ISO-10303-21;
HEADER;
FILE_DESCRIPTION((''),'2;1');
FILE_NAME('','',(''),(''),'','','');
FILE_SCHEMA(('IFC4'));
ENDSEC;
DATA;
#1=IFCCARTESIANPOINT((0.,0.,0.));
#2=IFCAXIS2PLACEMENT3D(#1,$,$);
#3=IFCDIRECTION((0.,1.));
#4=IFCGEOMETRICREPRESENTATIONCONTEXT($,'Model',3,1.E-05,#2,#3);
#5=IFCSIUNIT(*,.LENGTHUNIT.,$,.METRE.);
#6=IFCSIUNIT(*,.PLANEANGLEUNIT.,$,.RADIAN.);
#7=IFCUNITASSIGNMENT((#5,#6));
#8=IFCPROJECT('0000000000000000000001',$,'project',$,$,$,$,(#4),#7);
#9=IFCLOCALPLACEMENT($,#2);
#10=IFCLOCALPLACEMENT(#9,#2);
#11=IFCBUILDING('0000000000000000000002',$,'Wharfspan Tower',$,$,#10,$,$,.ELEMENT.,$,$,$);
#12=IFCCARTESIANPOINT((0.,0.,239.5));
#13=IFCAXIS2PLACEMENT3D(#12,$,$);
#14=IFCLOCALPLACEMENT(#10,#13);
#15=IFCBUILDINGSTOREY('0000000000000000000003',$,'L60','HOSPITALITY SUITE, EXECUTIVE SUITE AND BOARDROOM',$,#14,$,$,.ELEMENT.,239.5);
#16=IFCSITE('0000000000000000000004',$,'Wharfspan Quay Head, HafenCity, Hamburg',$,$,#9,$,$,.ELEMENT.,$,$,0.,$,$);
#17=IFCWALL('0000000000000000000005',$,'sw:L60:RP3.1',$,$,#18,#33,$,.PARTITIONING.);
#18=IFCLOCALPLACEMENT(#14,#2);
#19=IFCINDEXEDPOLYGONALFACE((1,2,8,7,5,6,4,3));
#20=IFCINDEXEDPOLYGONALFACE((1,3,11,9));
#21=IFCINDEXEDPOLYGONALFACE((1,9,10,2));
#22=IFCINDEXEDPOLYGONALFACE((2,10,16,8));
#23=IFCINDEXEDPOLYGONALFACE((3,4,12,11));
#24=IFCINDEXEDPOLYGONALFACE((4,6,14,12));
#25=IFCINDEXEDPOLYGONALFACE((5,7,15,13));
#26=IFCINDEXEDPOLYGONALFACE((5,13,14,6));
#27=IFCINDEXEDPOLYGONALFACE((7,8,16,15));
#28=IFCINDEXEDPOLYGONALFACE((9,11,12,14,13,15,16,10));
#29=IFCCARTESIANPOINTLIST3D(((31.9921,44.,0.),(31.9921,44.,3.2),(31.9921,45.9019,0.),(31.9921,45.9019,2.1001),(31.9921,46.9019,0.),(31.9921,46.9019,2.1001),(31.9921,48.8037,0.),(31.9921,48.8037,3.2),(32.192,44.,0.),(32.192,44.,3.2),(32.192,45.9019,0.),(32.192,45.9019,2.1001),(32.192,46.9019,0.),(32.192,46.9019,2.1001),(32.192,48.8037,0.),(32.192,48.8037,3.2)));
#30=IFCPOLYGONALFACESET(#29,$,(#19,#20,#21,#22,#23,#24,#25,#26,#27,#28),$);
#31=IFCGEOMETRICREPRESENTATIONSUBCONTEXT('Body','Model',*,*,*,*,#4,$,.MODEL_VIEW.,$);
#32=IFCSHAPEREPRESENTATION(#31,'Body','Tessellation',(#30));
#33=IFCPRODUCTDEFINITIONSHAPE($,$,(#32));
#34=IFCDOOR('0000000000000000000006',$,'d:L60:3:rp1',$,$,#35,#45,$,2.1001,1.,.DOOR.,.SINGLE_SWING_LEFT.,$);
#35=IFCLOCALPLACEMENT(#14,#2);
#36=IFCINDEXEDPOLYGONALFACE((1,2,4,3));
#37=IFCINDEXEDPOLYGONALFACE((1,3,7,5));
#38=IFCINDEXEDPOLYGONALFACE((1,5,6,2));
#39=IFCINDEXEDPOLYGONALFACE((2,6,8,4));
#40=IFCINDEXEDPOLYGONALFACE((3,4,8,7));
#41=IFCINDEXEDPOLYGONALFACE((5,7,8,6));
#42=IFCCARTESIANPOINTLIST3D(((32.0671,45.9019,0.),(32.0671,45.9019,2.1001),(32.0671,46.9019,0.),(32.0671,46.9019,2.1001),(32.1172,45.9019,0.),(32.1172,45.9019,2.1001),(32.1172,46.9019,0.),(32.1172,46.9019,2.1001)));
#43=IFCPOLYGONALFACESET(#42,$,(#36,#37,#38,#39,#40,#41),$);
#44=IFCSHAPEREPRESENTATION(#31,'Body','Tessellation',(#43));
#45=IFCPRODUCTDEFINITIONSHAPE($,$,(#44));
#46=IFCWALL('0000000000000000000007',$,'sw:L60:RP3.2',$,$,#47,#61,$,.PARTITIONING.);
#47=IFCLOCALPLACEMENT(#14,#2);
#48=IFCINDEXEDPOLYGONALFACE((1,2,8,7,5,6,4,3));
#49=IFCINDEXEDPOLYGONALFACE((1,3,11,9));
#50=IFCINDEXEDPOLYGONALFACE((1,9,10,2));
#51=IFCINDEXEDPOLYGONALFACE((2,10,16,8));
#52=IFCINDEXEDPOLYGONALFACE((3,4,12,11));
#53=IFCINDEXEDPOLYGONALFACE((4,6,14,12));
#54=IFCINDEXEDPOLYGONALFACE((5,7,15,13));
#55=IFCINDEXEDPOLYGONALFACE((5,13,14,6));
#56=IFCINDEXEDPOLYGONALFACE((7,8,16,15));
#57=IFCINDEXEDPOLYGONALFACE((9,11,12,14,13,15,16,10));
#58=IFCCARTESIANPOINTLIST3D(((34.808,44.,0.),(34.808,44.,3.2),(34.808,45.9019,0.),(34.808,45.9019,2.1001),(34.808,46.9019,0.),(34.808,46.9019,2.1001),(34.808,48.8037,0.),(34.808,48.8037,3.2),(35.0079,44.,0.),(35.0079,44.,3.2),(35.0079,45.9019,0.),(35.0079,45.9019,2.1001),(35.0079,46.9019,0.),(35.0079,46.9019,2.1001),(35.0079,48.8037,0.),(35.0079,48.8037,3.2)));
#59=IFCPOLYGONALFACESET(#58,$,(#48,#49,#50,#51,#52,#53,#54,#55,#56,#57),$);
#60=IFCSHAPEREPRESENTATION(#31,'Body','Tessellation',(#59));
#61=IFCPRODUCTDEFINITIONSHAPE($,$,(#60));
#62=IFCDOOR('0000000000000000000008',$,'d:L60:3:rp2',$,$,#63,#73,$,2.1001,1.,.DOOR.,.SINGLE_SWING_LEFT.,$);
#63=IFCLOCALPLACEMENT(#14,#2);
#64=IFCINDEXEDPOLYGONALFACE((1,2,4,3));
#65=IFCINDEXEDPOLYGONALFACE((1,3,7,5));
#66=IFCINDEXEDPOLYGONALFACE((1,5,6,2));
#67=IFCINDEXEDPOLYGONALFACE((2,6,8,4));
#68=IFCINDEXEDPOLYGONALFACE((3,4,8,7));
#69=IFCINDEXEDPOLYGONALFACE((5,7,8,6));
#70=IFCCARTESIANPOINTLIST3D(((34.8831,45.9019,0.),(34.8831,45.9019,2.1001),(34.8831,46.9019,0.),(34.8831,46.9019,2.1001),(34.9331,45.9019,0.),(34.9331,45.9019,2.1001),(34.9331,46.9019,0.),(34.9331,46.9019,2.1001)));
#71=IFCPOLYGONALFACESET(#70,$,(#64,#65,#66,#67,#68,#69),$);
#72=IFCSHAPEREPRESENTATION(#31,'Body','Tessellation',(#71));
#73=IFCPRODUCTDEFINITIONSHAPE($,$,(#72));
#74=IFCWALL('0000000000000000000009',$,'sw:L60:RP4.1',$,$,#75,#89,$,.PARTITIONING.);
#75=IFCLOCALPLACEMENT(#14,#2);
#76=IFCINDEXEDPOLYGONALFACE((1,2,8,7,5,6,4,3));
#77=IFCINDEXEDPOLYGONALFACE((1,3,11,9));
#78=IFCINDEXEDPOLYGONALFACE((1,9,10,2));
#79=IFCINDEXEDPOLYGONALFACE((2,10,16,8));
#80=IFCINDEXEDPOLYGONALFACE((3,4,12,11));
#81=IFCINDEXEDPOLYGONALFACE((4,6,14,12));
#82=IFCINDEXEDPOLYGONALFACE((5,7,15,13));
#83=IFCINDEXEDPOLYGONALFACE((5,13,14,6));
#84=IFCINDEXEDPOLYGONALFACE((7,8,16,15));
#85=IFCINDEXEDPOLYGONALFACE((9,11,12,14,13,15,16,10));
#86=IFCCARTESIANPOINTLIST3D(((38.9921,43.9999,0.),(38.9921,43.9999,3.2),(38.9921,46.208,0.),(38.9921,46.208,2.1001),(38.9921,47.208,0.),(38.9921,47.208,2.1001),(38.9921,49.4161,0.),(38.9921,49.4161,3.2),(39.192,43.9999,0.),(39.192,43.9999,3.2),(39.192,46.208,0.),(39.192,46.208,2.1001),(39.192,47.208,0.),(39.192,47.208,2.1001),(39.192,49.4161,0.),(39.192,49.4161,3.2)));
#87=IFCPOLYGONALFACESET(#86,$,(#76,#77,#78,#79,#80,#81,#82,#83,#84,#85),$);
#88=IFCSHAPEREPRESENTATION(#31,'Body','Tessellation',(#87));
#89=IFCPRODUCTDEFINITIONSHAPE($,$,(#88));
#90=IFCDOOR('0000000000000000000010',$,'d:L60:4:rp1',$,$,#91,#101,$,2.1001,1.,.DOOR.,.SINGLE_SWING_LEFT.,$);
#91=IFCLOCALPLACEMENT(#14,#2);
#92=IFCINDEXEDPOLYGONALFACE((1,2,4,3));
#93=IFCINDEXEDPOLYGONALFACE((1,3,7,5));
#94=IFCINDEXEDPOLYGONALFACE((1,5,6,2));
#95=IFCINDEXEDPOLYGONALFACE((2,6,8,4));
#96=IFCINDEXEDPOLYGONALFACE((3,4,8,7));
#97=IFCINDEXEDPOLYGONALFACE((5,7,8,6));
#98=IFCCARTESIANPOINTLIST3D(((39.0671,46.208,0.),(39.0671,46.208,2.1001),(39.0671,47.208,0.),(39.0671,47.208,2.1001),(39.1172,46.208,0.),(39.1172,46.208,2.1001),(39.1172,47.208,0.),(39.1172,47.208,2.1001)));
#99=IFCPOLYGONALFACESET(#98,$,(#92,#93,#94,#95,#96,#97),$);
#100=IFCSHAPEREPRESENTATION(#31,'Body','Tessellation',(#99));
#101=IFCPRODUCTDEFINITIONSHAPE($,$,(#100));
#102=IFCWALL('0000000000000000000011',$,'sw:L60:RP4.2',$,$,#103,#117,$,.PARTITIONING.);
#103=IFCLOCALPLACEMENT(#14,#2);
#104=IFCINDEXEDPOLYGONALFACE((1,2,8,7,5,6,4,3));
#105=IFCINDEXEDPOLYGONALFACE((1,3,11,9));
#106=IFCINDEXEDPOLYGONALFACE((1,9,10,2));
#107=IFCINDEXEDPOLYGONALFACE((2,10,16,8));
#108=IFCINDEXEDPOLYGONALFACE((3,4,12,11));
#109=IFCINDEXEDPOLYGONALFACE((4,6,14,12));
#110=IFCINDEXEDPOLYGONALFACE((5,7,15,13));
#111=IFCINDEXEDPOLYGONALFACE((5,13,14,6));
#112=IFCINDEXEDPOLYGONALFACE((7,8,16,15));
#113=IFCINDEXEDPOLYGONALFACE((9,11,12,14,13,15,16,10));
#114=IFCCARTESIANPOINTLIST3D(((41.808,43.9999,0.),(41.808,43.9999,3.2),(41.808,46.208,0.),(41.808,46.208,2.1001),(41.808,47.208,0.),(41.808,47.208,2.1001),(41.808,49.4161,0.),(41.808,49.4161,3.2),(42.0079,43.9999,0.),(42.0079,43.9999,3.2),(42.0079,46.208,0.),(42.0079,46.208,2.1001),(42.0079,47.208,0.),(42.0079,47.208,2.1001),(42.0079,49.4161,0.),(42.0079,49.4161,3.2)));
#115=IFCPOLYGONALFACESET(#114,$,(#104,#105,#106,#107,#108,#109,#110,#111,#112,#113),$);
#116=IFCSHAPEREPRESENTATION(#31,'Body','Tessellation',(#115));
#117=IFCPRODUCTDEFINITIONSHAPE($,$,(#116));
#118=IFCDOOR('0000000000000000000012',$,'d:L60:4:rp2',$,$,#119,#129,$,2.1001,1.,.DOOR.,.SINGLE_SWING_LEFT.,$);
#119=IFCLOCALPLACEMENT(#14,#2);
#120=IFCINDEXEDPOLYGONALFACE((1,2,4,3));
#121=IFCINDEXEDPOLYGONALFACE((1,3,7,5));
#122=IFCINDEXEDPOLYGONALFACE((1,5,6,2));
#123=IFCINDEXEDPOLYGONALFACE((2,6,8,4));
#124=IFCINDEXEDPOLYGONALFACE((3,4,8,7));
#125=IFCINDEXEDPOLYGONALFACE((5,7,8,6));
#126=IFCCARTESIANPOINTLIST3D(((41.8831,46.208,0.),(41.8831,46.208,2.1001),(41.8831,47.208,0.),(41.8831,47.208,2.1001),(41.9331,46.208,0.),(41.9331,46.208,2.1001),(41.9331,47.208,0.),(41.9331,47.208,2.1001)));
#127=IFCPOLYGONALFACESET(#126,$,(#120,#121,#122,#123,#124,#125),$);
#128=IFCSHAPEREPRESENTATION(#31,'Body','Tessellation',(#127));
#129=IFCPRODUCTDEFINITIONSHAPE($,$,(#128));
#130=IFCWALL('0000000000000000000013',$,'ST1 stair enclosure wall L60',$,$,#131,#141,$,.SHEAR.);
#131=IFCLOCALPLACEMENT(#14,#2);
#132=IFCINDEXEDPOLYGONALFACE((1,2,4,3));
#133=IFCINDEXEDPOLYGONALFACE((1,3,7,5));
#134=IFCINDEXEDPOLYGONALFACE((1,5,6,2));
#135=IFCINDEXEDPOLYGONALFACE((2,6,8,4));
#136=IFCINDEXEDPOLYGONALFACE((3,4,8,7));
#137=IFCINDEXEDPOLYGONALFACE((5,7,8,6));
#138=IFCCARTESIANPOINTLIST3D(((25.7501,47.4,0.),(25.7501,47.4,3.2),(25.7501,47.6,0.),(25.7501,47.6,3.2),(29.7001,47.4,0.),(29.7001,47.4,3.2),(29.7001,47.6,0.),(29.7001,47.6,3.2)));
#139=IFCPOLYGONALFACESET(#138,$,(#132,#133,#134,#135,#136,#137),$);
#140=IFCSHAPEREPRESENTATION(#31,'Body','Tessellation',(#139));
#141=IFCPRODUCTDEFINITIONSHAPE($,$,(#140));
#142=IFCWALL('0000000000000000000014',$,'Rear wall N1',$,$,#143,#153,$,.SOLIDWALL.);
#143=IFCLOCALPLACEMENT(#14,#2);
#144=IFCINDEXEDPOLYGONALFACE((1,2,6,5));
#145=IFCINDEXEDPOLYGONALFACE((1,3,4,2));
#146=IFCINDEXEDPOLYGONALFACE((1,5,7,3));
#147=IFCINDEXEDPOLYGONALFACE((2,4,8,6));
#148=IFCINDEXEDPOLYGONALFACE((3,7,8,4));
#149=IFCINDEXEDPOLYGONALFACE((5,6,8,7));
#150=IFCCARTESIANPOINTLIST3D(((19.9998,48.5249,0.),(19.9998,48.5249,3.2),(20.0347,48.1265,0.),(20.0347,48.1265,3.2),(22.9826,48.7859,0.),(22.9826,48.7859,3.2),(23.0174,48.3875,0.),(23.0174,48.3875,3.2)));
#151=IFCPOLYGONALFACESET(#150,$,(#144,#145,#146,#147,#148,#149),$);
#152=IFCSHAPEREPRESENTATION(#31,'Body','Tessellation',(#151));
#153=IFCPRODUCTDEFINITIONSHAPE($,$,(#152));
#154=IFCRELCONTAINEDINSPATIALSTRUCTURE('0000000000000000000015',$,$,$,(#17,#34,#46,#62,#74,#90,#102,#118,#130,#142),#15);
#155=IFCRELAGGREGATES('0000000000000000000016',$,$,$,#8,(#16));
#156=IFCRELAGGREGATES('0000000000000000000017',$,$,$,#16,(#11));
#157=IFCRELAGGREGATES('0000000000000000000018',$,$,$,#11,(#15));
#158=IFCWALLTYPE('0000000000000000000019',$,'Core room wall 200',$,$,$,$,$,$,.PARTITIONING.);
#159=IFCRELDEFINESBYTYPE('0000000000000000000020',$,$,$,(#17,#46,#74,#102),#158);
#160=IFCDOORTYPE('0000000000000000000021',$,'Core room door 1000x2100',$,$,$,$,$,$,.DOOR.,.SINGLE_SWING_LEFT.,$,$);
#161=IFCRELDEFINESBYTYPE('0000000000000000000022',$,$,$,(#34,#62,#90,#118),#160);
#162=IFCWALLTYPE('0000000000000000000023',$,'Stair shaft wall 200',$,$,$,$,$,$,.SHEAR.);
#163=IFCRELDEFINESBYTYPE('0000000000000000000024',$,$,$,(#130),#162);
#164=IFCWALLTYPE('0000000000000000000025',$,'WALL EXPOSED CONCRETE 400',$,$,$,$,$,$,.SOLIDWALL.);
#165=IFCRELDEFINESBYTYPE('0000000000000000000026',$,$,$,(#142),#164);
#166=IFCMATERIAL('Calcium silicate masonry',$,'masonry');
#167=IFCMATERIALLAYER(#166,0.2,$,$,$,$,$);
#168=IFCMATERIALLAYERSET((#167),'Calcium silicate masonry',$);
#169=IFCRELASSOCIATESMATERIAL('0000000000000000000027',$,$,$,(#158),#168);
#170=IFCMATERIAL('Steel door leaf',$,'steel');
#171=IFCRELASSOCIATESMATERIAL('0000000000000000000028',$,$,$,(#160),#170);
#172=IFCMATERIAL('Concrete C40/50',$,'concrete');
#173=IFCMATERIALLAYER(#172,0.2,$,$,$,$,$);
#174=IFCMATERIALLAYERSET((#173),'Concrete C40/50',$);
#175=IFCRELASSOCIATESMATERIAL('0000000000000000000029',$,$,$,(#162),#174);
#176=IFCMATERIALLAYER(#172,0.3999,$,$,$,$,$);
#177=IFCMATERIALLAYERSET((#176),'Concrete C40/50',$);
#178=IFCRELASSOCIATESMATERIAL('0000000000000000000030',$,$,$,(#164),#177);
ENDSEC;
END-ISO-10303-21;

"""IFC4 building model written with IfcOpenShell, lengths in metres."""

from ifc_helpers import new_model, si_unit, direction, frame, frame_2d, origin, place, context, subcontext, project, spatial, rectangle, extrude, material, layer, layer_set, type_object, element, fill, save


model = new_model("IFC4")

# Units and contexts
model_context = context("Model", 3, precision=1e-05, world=origin(), true_north=direction((0.0, 1.0)))
body_context = subcontext(model_context, "Body", "Model", "MODEL_VIEW")
ifc_project = project(units=[si_unit("LENGTHUNIT", "METRE"), si_unit("PLANEANGLEUNIT", "RADIAN")], contexts=[model_context])

# Site, building, storey
site_placement = place(None, origin())
site = spatial("IfcSite", under=ifc_project, at=site_placement, Name="Wharfspan Quay Head, HafenCity, Hamburg", CompositionType="ELEMENT", RefElevation=0.0)
building_placement = place(site_placement, origin())
building = spatial("IfcBuilding", under=site, at=building_placement, Name="Wharfspan Tower", CompositionType="ELEMENT")
storey_placement = place(building_placement, frame((0.0, 0.0, 239.5)))
storey = spatial("IfcBuildingStorey", under=building, at=storey_placement, Name="L60", Description="HOSPITALITY SUITE, EXECUTIVE SUITE AND BOARDROOM", CompositionType="ELEMENT", Elevation=239.5)

# Walls, openings, doors
ifc_material_1 = material(Name="Calcium silicate masonry", Category="masonry")
ifc_layer_1 = layer(ifc_material_1, 0.2)
ifc_layer_set_1 = layer_set([ifc_layer_1], Name="Calcium silicate masonry")
wall_type_1 = type_object("IfcWallType", Name="Core room wall 200", PredefinedType="PARTITIONING", material=ifc_layer_set_1)
wall_1_placement = place(storey_placement, frame((32.092, 44.0, 0.0), z_axis=(0.0, 0.0, 1.0), x_axis=(0.0, 1.0, 0.0)))
wall_1 = element("IfcWall", 1, at=wall_1_placement, inside=storey, type_object=wall_type_1, Name="sw:L60:RP3.1", PredefinedType="PARTITIONING", context=body_context, shape_type="SweptSolid", body=[
    extrude(rectangle(XDim=4.8037, YDim=0.2, at=frame_2d((2.4019, 0.0))), origin(), (0.0, 0.0, 1.0), 3.2),
])
opening_1_placement = place(wall_1_placement, frame((1.9019, 0.0, 0.0)))
opening_1 = element("IfcOpeningElement", 2, at=opening_1_placement, cuts=wall_1, PredefinedType="OPENING", context=body_context, shape_type="SweptSolid", body=[
    extrude(rectangle(XDim=1.0, YDim=2.1001, at=frame_2d((0.5, 1.05))), frame((0.0, 0.1099, 0.0), z_axis=(0.0, -1.0, 0.0), x_axis=(1.0, 0.0, 0.0)), (0.0, 0.0, 1.0), 0.22),
])
ifc_material_2 = material(Name="Steel door leaf", Category="steel")
door_type = type_object("IfcDoorType", Name="Core room door 1000x2100", OperationType="SINGLE_SWING_LEFT", PredefinedType="DOOR", material=ifc_material_2)
door_1_placement = place(opening_1_placement, origin())
door_1 = element("IfcDoor", 3, at=door_1_placement, inside=storey, type_object=door_type, Name="d:L60:3:rp1", OperationType="SINGLE_SWING_LEFT", OverallHeight=2.1001, OverallWidth=1.0, PredefinedType="DOOR", context=body_context, shape_type="SweptSolid", body=[
    extrude(rectangle(XDim=1.0, YDim=2.1001, at=frame_2d((0.5, 1.05))), frame((0.0, 0.0249, 0.0), z_axis=(0.0, -1.0, 0.0), x_axis=(1.0, 0.0, 0.0)), (0.0, 0.0, 1.0), 0.05),
])
fill(opening_1, door_1)
wall_2_placement = place(storey_placement, frame((34.908, 44.0, 0.0), z_axis=(0.0, 0.0, 1.0), x_axis=(0.0, 1.0, 0.0)))
wall_2 = element("IfcWall", 4, at=wall_2_placement, inside=storey, type_object=wall_type_1, Name="sw:L60:RP3.2", PredefinedType="PARTITIONING", context=body_context, shape_type="SweptSolid", body=[
    extrude(rectangle(XDim=4.8037, YDim=0.2, at=frame_2d((2.4019, 0.0))), origin(), (0.0, 0.0, 1.0), 3.2),
])
opening_2_placement = place(wall_2_placement, frame((1.9019, 0.0, 0.0)))
opening_2 = element("IfcOpeningElement", 5, at=opening_2_placement, cuts=wall_2, PredefinedType="OPENING", context=body_context, shape_type="SweptSolid", body=[
    extrude(rectangle(XDim=1.0, YDim=2.1001, at=frame_2d((0.5, 1.05))), frame((0.0, 0.1099, 0.0), z_axis=(0.0, -1.0, 0.0), x_axis=(1.0, 0.0, 0.0)), (0.0, 0.0, 1.0), 0.22),
])
door_2_placement = place(opening_2_placement, origin())
door_2 = element("IfcDoor", 6, at=door_2_placement, inside=storey, type_object=door_type, Name="d:L60:3:rp2", OperationType="SINGLE_SWING_LEFT", OverallHeight=2.1001, OverallWidth=1.0, PredefinedType="DOOR", context=body_context, shape_type="SweptSolid", body=[
    extrude(rectangle(XDim=1.0, YDim=2.1001, at=frame_2d((0.5, 1.05))), frame((0.0, 0.0249, 0.0), z_axis=(0.0, -1.0, 0.0), x_axis=(1.0, 0.0, 0.0)), (0.0, 0.0, 1.0), 0.05),
])
fill(opening_2, door_2)
wall_3_placement = place(storey_placement, frame((39.092, 44.0, 0.0), z_axis=(0.0, 0.0, 1.0), x_axis=(0.0, 1.0, 0.0)))
wall_3 = element("IfcWall", 7, at=wall_3_placement, inside=storey, type_object=wall_type_1, Name="sw:L60:RP4.1", PredefinedType="PARTITIONING", context=body_context, shape_type="SweptSolid", body=[
    extrude(rectangle(XDim=5.4163, YDim=0.2, at=frame_2d((2.708, 0.0))), origin(), (0.0, 0.0, 1.0), 3.2),
])
opening_3_placement = place(wall_3_placement, frame((2.208, 0.0, 0.0)))
opening_3 = element("IfcOpeningElement", 8, at=opening_3_placement, cuts=wall_3, PredefinedType="OPENING", context=body_context, shape_type="SweptSolid", body=[
    extrude(rectangle(XDim=1.0, YDim=2.1001, at=frame_2d((0.5, 1.05))), frame((0.0, 0.1099, 0.0), z_axis=(0.0, -1.0, 0.0), x_axis=(1.0, 0.0, 0.0)), (0.0, 0.0, 1.0), 0.22),
])
door_3_placement = place(opening_3_placement, origin())
door_3 = element("IfcDoor", 9, at=door_3_placement, inside=storey, type_object=door_type, Name="d:L60:4:rp1", OperationType="SINGLE_SWING_LEFT", OverallHeight=2.1001, OverallWidth=1.0, PredefinedType="DOOR", context=body_context, shape_type="SweptSolid", body=[
    extrude(rectangle(XDim=1.0, YDim=2.1001, at=frame_2d((0.5, 1.05))), frame((0.0, 0.0249, 0.0), z_axis=(0.0, -1.0, 0.0), x_axis=(1.0, 0.0, 0.0)), (0.0, 0.0, 1.0), 0.05),
])
fill(opening_3, door_3)
wall_4_placement = place(storey_placement, frame((41.908, 44.0, 0.0), z_axis=(0.0, 0.0, 1.0), x_axis=(0.0, 1.0, 0.0)))
wall_4 = element("IfcWall", 10, at=wall_4_placement, inside=storey, type_object=wall_type_1, Name="sw:L60:RP4.2", PredefinedType="PARTITIONING", context=body_context, shape_type="SweptSolid", body=[
    extrude(rectangle(XDim=5.4163, YDim=0.2, at=frame_2d((2.708, 0.0))), origin(), (0.0, 0.0, 1.0), 3.2),
])
opening_4_placement = place(wall_4_placement, frame((2.208, 0.0, 0.0)))
opening_4 = element("IfcOpeningElement", 11, at=opening_4_placement, cuts=wall_4, PredefinedType="OPENING", context=body_context, shape_type="SweptSolid", body=[
    extrude(rectangle(XDim=1.0, YDim=2.1001, at=frame_2d((0.5, 1.05))), frame((0.0, 0.1099, 0.0), z_axis=(0.0, -1.0, 0.0), x_axis=(1.0, 0.0, 0.0)), (0.0, 0.0, 1.0), 0.22),
])
door_4_placement = place(opening_4_placement, origin())
door_4 = element("IfcDoor", 12, at=door_4_placement, inside=storey, type_object=door_type, Name="d:L60:4:rp2", OperationType="SINGLE_SWING_LEFT", OverallHeight=2.1001, OverallWidth=1.0, PredefinedType="DOOR", context=body_context, shape_type="SweptSolid", body=[
    extrude(rectangle(XDim=1.0, YDim=2.1001, at=frame_2d((0.5, 1.05))), frame((0.0, 0.0249, 0.0), z_axis=(0.0, -1.0, 0.0), x_axis=(1.0, 0.0, 0.0)), (0.0, 0.0, 1.0), 0.05),
])
fill(opening_4, door_4)

# Walls
ifc_material_3 = material(Name="Concrete C40/50", Category="concrete")
ifc_layer_2 = layer(ifc_material_3, 0.2)
ifc_layer_set_2 = layer_set([ifc_layer_2], Name="Concrete C40/50")
wall_type_2 = type_object("IfcWallType", Name="Stair shaft wall 200", PredefinedType="SHEAR", material=ifc_layer_set_2)
wall_5_placement = place(storey_placement, frame((25.75, 47.5, 0.0), z_axis=(0.0, 0.0, 1.0), x_axis=(1.0, 0.0, 0.0)))
element("IfcWall", 13, at=wall_5_placement, inside=storey, type_object=wall_type_2, Name="ST1 stair enclosure wall L60", PredefinedType="SHEAR", context=body_context, shape_type="SweptSolid", body=[
    extrude(rectangle(XDim=3.95, YDim=0.2, at=frame_2d((1.9751, 0.0))), origin(), (0.0, 0.0, 1.0), 3.2),
])
ifc_layer_3 = layer(ifc_material_3, 0.3999)
ifc_layer_set_3 = layer_set([ifc_layer_3], Name="Concrete C40/50")
wall_type_3 = type_object("IfcWallType", Name="WALL EXPOSED CONCRETE 400", PredefinedType="SOLIDWALL", material=ifc_layer_set_3)
wall_6_placement = place(storey_placement, frame((23.0, 48.5867, 0.0), z_axis=(0.0, 0.0, 1.0), x_axis=(-0.996194, -0.087168, 0.0)))
element("IfcWall", 14, at=wall_6_placement, inside=storey, type_object=wall_type_3, Name="Rear wall N1", PredefinedType="SOLIDWALL", context=body_context, shape_type="SweptSolid", body=[
    extrude(rectangle(XDim=2.9941, YDim=0.3999, at=frame_2d((1.4971, 0.0))), origin(), (0.0, 0.0, 1.0), 3.2),
])

save(model, "model.ifc")
